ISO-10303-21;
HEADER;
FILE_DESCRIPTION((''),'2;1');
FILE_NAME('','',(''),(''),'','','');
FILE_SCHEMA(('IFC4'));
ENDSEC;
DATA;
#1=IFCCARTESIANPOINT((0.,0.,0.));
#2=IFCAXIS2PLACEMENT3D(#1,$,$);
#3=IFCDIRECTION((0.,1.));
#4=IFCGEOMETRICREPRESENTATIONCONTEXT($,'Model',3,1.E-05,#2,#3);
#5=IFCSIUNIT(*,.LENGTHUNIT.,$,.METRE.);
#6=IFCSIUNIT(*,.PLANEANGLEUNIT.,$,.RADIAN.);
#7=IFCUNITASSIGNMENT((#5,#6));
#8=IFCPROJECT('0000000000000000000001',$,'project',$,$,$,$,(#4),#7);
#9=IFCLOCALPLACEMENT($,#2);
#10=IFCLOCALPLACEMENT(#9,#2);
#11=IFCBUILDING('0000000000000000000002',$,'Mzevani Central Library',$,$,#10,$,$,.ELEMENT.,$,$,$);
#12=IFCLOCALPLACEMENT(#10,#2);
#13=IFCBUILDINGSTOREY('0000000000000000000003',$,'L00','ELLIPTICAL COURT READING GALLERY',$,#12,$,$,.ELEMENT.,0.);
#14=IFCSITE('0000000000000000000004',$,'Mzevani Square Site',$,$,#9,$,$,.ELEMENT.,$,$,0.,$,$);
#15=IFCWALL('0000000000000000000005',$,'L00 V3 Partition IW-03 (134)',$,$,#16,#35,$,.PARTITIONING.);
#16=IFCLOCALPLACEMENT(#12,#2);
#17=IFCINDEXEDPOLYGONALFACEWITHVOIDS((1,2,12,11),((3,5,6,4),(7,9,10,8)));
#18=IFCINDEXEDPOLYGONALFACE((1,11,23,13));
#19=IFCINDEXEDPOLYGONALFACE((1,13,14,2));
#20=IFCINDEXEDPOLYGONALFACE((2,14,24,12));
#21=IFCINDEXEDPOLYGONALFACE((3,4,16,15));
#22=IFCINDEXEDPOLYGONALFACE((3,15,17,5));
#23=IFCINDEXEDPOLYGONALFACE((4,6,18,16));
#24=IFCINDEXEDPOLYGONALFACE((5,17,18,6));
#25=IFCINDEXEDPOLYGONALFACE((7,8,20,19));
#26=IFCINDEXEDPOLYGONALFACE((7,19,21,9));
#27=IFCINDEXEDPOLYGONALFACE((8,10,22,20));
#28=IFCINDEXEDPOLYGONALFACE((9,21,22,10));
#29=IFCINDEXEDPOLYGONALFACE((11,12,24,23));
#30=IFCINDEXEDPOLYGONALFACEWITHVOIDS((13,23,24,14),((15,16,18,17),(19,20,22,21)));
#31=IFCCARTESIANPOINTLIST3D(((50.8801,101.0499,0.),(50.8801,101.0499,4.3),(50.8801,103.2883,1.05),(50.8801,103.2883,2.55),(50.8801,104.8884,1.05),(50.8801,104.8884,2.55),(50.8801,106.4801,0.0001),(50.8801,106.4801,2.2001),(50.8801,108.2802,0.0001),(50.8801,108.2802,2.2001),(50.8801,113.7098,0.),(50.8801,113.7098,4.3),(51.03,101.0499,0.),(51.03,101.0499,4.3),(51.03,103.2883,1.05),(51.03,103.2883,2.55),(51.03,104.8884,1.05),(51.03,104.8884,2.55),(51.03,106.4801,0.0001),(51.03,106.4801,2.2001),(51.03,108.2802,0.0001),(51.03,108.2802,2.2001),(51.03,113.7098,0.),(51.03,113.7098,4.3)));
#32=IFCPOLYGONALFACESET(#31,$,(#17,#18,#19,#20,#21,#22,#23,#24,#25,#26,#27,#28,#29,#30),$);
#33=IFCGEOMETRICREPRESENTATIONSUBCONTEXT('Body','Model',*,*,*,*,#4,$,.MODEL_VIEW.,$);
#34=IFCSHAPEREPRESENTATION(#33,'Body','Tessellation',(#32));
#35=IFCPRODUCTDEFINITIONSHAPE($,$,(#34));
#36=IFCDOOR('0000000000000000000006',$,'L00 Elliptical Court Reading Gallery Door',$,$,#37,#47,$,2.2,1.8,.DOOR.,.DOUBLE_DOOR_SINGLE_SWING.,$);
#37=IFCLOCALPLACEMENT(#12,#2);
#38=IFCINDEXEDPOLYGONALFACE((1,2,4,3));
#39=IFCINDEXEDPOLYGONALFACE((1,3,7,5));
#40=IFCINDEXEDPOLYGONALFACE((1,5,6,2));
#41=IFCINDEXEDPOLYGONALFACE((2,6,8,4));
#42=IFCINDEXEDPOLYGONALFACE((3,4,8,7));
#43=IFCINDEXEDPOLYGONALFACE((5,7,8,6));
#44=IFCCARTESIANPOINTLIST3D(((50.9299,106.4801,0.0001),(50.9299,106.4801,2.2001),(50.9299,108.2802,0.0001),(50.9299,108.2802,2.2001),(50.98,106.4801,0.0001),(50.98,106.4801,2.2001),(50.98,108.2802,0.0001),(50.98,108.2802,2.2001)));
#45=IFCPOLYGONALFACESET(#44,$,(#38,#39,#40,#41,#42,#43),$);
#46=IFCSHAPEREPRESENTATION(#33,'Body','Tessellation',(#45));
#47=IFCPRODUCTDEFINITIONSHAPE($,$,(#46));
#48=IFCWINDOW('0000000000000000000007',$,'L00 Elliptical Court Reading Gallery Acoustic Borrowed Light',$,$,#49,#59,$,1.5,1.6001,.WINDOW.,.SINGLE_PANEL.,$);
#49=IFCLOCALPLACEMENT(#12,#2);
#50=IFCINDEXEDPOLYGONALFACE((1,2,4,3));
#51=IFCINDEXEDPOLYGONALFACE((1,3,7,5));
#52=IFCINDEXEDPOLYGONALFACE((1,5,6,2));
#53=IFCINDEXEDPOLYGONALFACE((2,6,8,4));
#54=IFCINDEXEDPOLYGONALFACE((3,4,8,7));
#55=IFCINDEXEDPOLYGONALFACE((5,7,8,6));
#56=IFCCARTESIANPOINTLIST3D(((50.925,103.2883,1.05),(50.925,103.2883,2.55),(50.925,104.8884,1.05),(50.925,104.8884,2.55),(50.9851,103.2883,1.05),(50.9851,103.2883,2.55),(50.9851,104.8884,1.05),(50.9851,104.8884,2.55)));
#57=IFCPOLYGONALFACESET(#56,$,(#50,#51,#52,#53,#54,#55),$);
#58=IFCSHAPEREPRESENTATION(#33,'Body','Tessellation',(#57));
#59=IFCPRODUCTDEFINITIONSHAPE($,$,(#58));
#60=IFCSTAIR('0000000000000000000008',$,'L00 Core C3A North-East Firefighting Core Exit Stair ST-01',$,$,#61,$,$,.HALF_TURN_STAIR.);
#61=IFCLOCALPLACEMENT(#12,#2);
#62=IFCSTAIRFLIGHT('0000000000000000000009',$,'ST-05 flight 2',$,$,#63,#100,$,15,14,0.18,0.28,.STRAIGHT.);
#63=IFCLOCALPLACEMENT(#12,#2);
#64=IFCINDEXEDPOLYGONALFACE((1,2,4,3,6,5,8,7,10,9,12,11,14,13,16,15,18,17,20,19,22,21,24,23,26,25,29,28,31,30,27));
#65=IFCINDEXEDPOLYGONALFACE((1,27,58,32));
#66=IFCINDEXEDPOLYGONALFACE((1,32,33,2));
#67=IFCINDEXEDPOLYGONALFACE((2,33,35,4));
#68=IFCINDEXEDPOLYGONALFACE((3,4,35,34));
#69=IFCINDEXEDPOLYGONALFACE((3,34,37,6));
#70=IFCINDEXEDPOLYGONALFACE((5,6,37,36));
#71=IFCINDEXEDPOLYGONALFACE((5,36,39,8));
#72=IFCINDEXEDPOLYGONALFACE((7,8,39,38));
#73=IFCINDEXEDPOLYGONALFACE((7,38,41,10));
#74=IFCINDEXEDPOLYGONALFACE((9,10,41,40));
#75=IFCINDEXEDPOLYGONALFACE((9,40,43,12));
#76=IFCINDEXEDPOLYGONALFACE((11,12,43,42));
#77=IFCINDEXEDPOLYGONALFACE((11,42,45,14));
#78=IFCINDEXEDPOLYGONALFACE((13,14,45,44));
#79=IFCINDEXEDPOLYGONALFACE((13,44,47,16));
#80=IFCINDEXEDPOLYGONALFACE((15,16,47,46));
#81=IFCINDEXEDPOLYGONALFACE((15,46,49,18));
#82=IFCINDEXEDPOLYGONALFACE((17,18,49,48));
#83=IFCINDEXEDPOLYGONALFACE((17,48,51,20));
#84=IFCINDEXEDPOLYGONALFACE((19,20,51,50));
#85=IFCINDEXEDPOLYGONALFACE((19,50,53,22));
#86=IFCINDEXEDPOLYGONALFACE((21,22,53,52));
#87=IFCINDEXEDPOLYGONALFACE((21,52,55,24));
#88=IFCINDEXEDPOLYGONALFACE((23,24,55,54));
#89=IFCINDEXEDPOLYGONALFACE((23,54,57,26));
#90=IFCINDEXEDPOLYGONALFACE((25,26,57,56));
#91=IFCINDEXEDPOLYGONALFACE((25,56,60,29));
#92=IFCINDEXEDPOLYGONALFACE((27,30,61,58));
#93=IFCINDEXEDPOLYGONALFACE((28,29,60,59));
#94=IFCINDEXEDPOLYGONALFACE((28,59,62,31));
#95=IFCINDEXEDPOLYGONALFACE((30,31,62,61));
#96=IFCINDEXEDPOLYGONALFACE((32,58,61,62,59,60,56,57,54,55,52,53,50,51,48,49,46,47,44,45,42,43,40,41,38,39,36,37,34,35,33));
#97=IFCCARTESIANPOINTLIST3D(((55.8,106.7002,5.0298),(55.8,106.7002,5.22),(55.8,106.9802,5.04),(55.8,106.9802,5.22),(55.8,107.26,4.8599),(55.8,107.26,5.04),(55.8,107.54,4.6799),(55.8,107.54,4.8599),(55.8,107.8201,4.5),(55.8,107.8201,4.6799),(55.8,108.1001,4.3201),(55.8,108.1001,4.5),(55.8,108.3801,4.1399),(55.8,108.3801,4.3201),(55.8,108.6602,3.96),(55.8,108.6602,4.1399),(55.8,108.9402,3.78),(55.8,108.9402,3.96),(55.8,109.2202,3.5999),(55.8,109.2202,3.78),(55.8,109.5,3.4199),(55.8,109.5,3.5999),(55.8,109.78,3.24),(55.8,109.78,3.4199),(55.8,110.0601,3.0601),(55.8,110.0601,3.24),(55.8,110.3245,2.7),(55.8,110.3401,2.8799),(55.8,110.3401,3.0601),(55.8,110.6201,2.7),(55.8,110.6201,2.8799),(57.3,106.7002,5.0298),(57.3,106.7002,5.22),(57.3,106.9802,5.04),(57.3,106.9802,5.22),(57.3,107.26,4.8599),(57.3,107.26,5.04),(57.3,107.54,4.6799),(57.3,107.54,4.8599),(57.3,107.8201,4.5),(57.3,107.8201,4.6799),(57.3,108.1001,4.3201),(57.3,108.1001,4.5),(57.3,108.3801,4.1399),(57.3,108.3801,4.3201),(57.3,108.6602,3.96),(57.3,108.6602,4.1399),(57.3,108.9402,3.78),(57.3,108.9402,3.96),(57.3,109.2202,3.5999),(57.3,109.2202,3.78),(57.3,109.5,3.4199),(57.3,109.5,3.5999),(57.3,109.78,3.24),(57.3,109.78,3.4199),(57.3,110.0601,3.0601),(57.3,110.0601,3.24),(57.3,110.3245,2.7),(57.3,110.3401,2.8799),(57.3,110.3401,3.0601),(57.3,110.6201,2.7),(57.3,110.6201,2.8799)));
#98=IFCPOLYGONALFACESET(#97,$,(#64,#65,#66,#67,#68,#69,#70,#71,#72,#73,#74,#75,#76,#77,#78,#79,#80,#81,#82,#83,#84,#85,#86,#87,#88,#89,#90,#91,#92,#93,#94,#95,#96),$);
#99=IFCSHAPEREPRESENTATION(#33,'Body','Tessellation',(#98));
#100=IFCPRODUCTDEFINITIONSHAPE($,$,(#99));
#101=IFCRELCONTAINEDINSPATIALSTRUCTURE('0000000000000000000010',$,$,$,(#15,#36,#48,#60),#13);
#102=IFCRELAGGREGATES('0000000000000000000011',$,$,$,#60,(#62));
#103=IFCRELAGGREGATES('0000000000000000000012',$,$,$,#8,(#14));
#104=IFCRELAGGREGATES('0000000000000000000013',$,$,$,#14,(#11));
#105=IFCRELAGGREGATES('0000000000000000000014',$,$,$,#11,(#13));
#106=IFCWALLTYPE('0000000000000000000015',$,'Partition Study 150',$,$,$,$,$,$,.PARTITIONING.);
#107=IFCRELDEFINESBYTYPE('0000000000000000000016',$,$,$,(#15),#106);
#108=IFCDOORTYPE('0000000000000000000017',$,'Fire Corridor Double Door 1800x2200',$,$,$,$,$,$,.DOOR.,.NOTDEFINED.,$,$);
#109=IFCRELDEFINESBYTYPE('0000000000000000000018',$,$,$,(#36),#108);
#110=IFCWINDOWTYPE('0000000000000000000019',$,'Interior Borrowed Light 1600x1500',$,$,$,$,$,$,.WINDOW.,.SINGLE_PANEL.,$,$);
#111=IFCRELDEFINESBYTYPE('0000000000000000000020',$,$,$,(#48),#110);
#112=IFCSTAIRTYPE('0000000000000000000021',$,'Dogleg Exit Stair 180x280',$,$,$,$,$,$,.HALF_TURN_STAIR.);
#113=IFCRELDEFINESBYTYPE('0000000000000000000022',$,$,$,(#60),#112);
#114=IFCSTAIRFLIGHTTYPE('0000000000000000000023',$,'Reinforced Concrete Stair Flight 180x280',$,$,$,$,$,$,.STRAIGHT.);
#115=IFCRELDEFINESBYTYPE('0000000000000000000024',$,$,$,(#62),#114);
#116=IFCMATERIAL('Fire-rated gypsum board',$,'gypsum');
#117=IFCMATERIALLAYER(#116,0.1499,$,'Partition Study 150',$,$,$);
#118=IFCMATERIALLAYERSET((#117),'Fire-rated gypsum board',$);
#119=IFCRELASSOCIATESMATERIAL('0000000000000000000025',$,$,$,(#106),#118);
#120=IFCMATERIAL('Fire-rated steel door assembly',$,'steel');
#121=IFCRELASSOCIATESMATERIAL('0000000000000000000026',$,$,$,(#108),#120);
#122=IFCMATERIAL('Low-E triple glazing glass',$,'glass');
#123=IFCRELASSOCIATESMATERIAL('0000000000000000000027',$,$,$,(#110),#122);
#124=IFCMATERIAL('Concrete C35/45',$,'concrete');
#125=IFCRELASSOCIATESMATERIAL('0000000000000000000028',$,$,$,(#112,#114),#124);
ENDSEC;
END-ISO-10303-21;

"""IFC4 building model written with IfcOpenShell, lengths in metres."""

from ifc_helpers import new_model, si_unit, direction, frame, frame_2d, origin, place, context, subcontext, project, spatial, polyline, rectangle, outline, extrude, material, layer, layer_set, type_object, element, fill, aggregate, save


model = new_model("IFC4")

# Units and contexts
model_context = context("Model", 3, precision=1e-05, world=origin(), true_north=direction((0.0, 1.0)))
body_context = subcontext(model_context, "Body", "Model", "MODEL_VIEW")
ifc_project = project(units=[si_unit("LENGTHUNIT", "METRE"), si_unit("PLANEANGLEUNIT", "RADIAN")], contexts=[model_context])

# Site, building, storey
site_placement = place(None, origin())
site = spatial("IfcSite", under=ifc_project, at=site_placement, Name="Mzevani Square Site", CompositionType="ELEMENT", RefElevation=0.0)
building_placement = place(site_placement, origin())
building = spatial("IfcBuilding", under=site, at=building_placement, Name="Mzevani Central Library", CompositionType="ELEMENT")
storey_placement = place(building_placement, origin())
storey = spatial("IfcBuildingStorey", under=building, at=storey_placement, Name="L00", Description="ELLIPTICAL COURT READING GALLERY", CompositionType="ELEMENT", Elevation=0.0)

# Shared definitions
ifc_material_1 = material(Name="Concrete C35/45", Category="concrete")

# Shared definitions
ifc_material_2 = material(Name="Low-E triple glazing glass", Category="glass")

# Wall, openings, door, window
ifc_material_3 = material(Name="Fire-rated gypsum board", Category="gypsum")
ifc_layer_1 = layer(ifc_material_3, 0.1499, Name="Partition Study 150")
ifc_layer_set_1 = layer_set([ifc_layer_1], Name="Fire-rated gypsum board")
wall_type_1 = type_object("IfcWallType", Name="Partition Study 150", PredefinedType="PARTITIONING", material=ifc_layer_set_1)
wall_1_placement = place(storey_placement, frame((50.9551, 113.71, 0.0), z_axis=(0.0, 0.0, 1.0), x_axis=(0.0, -1.0, 0.0)))
wall_1 = element("IfcWall", 1, at=wall_1_placement, inside=storey, type_object=wall_type_1, Name="L00 V3 Partition IW-03 (134)", PredefinedType="PARTITIONING", context=body_context, shape_type="SweptSolid", body=[
    extrude(rectangle(XDim=12.6599, YDim=0.1499, at=frame_2d((6.3301, 0.0))), origin(), (0.0, 0.0, 1.0), 4.3),
])
opening_1_placement = place(wall_1_placement, frame((5.4299, 0.0, 0.0)))
opening_1 = element("IfcOpeningElement", 2, at=opening_1_placement, cuts=wall_1, PredefinedType="OPENING", context=body_context, shape_type="SweptSolid", body=[
    extrude(rectangle(XDim=1.8, YDim=2.2, at=frame_2d((0.8999, 1.1001))), frame((0.0, 0.085, 0.0), z_axis=(0.0, -1.0, 0.0), x_axis=(1.0, 0.0, 0.0)), (0.0, 0.0, 1.0), 0.1699),
])
opening_2_placement = place(wall_1_placement, frame((8.8215, 0.0, 1.05)))
opening_2 = element("IfcOpeningElement", 3, at=opening_2_placement, cuts=wall_1, PredefinedType="OPENING", context=body_context, shape_type="SweptSolid", body=[
    extrude(rectangle(XDim=1.6001, YDim=1.5, at=frame_2d((0.8, 0.75))), frame((0.0, 0.085, 0.0), z_axis=(0.0, -1.0, 0.0), x_axis=(1.0, 0.0, 0.0)), (0.0, 0.0, 1.0), 0.1699),
])
ifc_material_4 = material(Name="Fire-rated steel door assembly", Category="steel")
door_type_1 = type_object("IfcDoorType", Name="Fire Corridor Double Door 1800x2200", OperationType="NOTDEFINED", PredefinedType="DOOR", material=ifc_material_4)
door_1_placement = place(opening_1_placement, origin())
door_1 = element("IfcDoor", 4, at=door_1_placement, inside=storey, type_object=door_type_1, Name="L00 Elliptical Court Reading Gallery Door", OperationType="DOUBLE_DOOR_SINGLE_SWING", OverallHeight=2.2, OverallWidth=1.8, PredefinedType="DOOR", context=body_context, shape_type="SweptSolid", body=[
    extrude(rectangle(XDim=1.8, YDim=2.2, at=frame_2d((0.8999, 1.1001))), frame((0.0, 0.0249, 0.0), z_axis=(0.0, -1.0, 0.0), x_axis=(1.0, 0.0, 0.0)), (0.0, 0.0, 1.0), 0.05),
])
fill(opening_1, door_1)
window_type_1 = type_object("IfcWindowType", Name="Interior Borrowed Light 1600x1500", PartitioningType="SINGLE_PANEL", PredefinedType="WINDOW", material=ifc_material_2)
window_1_placement = place(opening_2_placement, origin())
window_1 = element("IfcWindow", 5, at=window_1_placement, inside=storey, type_object=window_type_1, Name="L00 Elliptical Court Reading Gallery Acoustic Borrowed Light", OverallHeight=1.5, OverallWidth=1.6001, PartitioningType="SINGLE_PANEL", PredefinedType="WINDOW", context=body_context, shape_type="SweptSolid", body=[
    extrude(rectangle(XDim=1.6001, YDim=1.5, at=frame_2d((0.8, 0.75))), frame((0.0, 0.03, 0.0), z_axis=(0.0, -1.0, 0.0), x_axis=(1.0, 0.0, 0.0)), (0.0, 0.0, 1.0), 0.0601),
])
fill(opening_2, window_1)

# Stair, stair flight
stair_type = type_object("IfcStairType", Name="Dogleg Exit Stair 180x280", PredefinedType="HALF_TURN_STAIR", material=ifc_material_1)
stair_placement = place(storey_placement, origin())
stair = element("IfcStair", 6, at=stair_placement, inside=storey, type_object=stair_type, Name="L00 Core C3A North-East Firefighting Core Exit Stair ST-01", PredefinedType="HALF_TURN_STAIR")
stair_flight_type = type_object("IfcStairFlightType", Name="Reinforced Concrete Stair Flight 180x280", PredefinedType="STRAIGHT", material=ifc_material_1)
stair_flight_placement = place(storey_placement, frame((56.55, 110.6201, 2.7), z_axis=(0.0, 0.0, 1.0), x_axis=(0.0, -1.0, 0.0)))
stair_flight = element("IfcStairFlight", 7, at=stair_flight_placement, type_object=stair_flight_type, Name="ST-05 flight 2", NumberOfRisers=15, NumberOfTreads=14, PredefinedType="STRAIGHT", RiserHeight=0.18, TreadLength=0.28, context=body_context, shape_type="SweptSolid", body=[
    extrude(outline(polyline([(0.0, 0.0), (0.0, 0.1799), (0.28, 0.1799), (0.28, 0.3601), (0.5601, 0.3601), (0.5601, 0.54), (0.8401, 0.54), (0.8401, 0.72), (1.1201, 0.72), (1.1201, 0.8999), (1.3999, 0.8999), (1.3999, 1.0801), (1.6799, 1.0801), (1.6799, 1.26), (1.96, 1.26), (1.96, 1.4399), (2.24, 1.4399), (2.24, 1.6201), (2.52, 1.6201), (2.52, 1.8), (2.8, 1.8), (2.8, 1.98), (3.0801, 1.98), (3.0801, 2.1599), (3.3601, 2.1599), (3.3601, 2.3401), (3.6399, 2.3401), (3.6399, 2.52), (3.9199, 2.52), (3.9199, 2.7), (3.9199, 2.3298), (0.2957, 0.0), (0.0, 0.0)])), frame((0.0, 0.75, 0.0), z_axis=(0.0, -1.0, 0.0), x_axis=(1.0, 0.0, 0.0)), (0.0, 0.0, 1.0), 1.5),
])
aggregate(stair, [stair_flight])

save(model, "model.ifc")
